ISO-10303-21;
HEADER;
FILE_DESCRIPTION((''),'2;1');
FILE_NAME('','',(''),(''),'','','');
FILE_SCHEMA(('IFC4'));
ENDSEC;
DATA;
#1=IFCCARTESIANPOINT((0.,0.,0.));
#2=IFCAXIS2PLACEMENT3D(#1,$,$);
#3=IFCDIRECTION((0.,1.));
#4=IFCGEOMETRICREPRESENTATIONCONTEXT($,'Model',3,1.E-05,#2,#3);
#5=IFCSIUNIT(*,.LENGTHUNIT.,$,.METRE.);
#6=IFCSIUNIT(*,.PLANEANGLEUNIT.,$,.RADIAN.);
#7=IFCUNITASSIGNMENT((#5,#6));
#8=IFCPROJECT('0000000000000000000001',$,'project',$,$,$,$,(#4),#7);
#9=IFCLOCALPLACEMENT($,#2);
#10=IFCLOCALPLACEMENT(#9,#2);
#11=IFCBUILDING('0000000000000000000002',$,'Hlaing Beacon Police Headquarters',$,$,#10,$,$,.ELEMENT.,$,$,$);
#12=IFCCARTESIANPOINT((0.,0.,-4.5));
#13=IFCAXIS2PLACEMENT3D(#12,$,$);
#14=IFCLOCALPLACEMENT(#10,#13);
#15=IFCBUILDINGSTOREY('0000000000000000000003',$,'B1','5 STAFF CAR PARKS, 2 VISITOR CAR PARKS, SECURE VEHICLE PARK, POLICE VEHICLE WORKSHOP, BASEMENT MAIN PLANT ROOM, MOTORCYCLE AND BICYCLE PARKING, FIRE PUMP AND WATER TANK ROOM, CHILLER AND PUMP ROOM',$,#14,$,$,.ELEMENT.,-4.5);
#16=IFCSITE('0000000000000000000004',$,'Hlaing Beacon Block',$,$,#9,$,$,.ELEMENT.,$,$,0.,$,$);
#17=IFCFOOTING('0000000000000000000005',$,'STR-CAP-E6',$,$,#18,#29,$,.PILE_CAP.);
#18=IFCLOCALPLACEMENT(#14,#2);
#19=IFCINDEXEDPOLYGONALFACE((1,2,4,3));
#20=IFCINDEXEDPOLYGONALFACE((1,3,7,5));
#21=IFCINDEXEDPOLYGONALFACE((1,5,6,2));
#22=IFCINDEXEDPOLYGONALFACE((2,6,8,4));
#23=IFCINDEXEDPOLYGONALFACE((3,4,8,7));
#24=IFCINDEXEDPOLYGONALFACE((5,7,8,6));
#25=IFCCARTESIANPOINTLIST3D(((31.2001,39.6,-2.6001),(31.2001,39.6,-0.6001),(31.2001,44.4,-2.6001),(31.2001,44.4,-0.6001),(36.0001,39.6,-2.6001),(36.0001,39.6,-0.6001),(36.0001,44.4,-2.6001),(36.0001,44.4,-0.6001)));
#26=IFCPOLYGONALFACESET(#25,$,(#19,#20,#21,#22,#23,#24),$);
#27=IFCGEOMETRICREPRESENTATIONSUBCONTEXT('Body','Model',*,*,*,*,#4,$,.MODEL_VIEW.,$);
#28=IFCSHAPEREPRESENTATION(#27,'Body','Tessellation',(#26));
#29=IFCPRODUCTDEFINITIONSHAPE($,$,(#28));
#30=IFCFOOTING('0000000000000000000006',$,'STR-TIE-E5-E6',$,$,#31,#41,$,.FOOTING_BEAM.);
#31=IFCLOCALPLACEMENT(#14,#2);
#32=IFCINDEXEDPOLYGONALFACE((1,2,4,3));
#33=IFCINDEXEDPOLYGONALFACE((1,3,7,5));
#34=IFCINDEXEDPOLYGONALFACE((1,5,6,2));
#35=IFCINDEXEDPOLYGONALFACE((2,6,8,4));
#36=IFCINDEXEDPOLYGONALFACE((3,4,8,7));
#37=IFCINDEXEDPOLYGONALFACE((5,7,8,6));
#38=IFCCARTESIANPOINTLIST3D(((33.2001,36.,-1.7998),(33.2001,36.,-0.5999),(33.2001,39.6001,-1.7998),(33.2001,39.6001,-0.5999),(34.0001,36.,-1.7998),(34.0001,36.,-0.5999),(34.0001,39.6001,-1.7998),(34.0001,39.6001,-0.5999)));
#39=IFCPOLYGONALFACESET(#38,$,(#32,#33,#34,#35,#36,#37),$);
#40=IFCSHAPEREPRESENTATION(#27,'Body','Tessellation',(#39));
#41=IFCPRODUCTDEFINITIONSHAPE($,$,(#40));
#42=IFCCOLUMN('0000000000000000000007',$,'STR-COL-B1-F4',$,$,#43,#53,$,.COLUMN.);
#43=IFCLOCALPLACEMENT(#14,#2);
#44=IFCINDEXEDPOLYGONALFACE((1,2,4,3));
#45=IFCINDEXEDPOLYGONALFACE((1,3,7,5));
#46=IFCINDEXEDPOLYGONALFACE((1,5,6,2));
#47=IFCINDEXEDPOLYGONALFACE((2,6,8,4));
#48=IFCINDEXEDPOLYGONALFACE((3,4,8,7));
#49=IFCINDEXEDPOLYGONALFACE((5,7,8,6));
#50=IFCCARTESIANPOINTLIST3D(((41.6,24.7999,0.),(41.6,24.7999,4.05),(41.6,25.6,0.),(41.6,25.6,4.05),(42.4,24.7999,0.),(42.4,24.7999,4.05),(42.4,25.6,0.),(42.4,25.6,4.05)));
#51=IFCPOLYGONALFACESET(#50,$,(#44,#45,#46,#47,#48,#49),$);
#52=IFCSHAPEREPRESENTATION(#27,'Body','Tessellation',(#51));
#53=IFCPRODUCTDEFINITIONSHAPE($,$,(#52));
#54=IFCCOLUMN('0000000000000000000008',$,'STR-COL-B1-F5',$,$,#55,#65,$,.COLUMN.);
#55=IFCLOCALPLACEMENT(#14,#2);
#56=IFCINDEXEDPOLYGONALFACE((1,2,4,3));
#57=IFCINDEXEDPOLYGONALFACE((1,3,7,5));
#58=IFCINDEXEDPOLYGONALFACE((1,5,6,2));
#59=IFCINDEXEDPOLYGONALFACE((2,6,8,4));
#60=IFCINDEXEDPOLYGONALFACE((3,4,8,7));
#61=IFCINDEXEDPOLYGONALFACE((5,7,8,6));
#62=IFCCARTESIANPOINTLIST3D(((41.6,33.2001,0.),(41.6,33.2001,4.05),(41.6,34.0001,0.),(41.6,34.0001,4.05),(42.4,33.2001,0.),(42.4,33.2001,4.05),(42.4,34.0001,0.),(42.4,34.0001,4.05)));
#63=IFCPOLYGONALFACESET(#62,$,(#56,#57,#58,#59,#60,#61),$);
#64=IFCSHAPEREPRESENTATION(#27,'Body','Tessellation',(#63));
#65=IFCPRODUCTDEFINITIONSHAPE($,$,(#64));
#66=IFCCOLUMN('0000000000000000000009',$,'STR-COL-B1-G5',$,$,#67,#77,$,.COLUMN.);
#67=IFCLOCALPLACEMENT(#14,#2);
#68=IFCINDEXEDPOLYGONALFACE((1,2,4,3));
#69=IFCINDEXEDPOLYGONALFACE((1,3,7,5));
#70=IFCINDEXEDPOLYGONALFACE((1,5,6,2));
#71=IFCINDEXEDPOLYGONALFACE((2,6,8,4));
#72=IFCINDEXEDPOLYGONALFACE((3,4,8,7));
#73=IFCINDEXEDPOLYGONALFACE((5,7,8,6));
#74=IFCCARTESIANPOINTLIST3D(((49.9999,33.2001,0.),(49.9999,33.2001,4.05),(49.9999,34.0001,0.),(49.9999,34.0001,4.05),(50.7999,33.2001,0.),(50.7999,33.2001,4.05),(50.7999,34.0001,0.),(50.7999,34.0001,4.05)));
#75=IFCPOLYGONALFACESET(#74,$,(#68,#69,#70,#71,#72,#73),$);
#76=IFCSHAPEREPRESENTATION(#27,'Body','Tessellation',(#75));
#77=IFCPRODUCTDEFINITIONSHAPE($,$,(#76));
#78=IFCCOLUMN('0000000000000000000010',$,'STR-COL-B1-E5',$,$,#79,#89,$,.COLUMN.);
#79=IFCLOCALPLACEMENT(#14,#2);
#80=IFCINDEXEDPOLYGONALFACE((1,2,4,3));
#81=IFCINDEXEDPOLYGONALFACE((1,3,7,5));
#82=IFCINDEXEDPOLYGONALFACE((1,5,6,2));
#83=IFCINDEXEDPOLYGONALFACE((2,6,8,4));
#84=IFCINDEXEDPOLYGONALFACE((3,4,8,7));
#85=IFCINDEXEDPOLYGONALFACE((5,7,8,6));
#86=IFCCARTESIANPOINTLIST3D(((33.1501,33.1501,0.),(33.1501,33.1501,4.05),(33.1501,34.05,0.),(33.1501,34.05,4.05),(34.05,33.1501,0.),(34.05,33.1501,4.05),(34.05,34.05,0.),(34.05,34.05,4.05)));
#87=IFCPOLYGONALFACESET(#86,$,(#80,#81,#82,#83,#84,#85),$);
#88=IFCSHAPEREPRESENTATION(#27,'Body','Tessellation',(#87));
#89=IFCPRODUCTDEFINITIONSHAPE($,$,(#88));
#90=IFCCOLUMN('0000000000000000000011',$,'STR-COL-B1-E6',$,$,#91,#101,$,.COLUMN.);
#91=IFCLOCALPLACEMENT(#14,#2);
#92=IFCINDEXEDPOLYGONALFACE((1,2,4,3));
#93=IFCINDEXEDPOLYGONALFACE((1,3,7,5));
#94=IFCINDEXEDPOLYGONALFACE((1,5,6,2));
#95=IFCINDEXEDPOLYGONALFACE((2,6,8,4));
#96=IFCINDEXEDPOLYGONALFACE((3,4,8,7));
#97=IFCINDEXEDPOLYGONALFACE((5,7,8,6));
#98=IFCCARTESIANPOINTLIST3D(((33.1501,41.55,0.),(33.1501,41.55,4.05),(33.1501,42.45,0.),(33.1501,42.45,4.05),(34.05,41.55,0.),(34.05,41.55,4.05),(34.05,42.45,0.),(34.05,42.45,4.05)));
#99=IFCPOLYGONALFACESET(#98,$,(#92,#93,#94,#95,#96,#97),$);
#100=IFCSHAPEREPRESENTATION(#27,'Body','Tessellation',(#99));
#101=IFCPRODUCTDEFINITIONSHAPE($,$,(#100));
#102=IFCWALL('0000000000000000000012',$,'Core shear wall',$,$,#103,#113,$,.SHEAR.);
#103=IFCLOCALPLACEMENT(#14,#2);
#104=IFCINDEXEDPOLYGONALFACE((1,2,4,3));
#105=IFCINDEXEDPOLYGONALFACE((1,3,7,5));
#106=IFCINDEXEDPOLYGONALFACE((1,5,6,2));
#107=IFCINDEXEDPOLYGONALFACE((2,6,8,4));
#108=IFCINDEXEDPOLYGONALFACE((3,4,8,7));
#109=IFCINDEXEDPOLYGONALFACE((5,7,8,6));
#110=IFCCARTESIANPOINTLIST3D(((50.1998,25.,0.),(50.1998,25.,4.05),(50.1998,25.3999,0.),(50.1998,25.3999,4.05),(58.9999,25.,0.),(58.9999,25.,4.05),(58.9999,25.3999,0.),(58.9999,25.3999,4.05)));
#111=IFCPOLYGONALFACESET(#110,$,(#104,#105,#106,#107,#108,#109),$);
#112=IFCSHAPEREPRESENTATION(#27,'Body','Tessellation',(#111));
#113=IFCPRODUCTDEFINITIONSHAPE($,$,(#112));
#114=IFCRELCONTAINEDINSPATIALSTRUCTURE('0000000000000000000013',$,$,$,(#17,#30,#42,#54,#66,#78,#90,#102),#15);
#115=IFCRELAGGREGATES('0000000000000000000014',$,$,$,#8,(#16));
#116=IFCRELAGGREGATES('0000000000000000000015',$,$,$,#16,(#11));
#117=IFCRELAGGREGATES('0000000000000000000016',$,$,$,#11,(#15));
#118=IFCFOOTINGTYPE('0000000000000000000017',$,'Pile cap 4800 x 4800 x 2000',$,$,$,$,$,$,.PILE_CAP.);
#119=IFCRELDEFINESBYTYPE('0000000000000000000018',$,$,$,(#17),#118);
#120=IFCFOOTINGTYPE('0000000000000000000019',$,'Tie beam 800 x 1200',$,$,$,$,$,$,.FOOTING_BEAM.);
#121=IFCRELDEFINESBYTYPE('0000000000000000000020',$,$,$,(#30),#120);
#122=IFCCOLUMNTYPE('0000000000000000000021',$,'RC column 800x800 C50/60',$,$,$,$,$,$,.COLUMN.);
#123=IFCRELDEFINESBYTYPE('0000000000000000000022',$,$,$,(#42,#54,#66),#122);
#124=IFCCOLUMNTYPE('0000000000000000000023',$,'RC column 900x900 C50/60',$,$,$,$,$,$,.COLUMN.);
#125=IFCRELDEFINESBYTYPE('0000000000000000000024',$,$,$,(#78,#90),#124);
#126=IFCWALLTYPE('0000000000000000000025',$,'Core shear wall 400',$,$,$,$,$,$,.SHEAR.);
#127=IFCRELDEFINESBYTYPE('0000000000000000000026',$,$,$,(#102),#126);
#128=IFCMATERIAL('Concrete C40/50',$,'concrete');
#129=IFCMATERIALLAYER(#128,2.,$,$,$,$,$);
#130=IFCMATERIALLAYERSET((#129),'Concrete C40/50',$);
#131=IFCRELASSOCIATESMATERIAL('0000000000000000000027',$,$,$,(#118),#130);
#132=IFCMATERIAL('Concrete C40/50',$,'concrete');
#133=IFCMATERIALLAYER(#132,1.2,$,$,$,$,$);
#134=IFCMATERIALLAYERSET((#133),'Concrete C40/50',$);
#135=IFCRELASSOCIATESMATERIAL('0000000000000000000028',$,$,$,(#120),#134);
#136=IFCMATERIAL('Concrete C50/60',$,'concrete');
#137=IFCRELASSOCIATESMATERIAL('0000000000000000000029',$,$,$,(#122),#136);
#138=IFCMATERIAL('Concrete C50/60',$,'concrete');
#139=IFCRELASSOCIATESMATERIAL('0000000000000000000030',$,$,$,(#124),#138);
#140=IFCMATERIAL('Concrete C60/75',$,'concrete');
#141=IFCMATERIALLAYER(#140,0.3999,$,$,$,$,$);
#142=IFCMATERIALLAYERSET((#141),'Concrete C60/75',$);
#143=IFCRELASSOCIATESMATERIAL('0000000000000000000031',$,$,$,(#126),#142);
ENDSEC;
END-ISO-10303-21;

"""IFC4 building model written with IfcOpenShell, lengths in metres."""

from ifc_helpers import new_model, si_unit, direction, frame, frame_2d, origin, origin_2d, place, context, subcontext, project, spatial, rectangle, extrude, material, layer, layer_set, material_profile, profile_set, type_object, element, save


model = new_model("IFC4")

# Units and contexts
model_context = context("Model", 3, precision=1e-05, world=origin(), true_north=direction((0.0, 1.0)))
body_context = subcontext(model_context, "Body", "Model", "MODEL_VIEW")
ifc_project = project(units=[si_unit("LENGTHUNIT", "METRE"), si_unit("PLANEANGLEUNIT", "RADIAN")], contexts=[model_context])

# Site, building, storey
site_placement = place(None, origin())
site = spatial("IfcSite", under=ifc_project, at=site_placement, Name="Hlaing Beacon Block", CompositionType="ELEMENT", RefElevation=0.0)
building_placement = place(site_placement, origin())
building = spatial("IfcBuilding", under=site, at=building_placement, Name="Hlaing Beacon Police Headquarters", CompositionType="ELEMENT")
storey_placement = place(building_placement, frame((0.0, 0.0, -4.5)))
storey = spatial("IfcBuildingStorey", under=building, at=storey_placement, Name="B1", Description="5 STAFF CAR PARKS, 2 VISITOR CAR PARKS, SECURE VEHICLE PARK, POLICE VEHICLE WORKSHOP, BASEMENT MAIN PLANT ROOM, MOTORCYCLE AND BICYCLE PARKING, FIRE PUMP AND WATER TANK ROOM, CHILLER AND PUMP ROOM", CompositionType="ELEMENT", Elevation=-4.5)

# Footings
ifc_material_1 = material(Name="Concrete C40/50", Category="concrete")
ifc_layer_1 = layer(ifc_material_1, 2.0)
ifc_layer_set_1 = layer_set([ifc_layer_1], Name="Concrete C40/50")
footing_type_1 = type_object("IfcFootingType", Name="Pile cap 4800 x 4800 x 2000", PredefinedType="PILE_CAP", material=ifc_layer_set_1)
for number, where, z_axis, x_axis, name in (
    (1, (33.6001, 42.0, -2.6001), (0.0, 0.0, 1.0), (1.0, 0.0, 0.0), "STR-CAP-E6"),
):
    element("IfcFooting", number, at=place(storey_placement, frame(where, z_axis=z_axis, x_axis=x_axis)), inside=storey, type_object=footing_type_1, Name=name, PredefinedType="PILE_CAP", context=body_context, shape_type="SweptSolid", body=[
        extrude(rectangle(XDim=4.8, YDim=4.8, at=origin_2d()), origin(), (0.0, 0.0, 1.0), 2.0),
    ])
ifc_material_2 = material(Name="Concrete C40/50", Category="concrete")
ifc_layer_2 = layer(ifc_material_2, 1.2)
ifc_layer_set_2 = layer_set([ifc_layer_2], Name="Concrete C40/50")
footing_type_2 = type_object("IfcFootingType", Name="Tie beam 800 x 1200", PredefinedType="FOOTING_BEAM", material=ifc_layer_set_2)
footing_1_placement = place(storey_placement, frame((33.6001, 37.8, -1.7998), z_axis=(0.0, 0.0, 1.0), x_axis=(1.0, 0.0, 0.0)))
element("IfcFooting", 2, at=footing_1_placement, inside=storey, type_object=footing_type_2, Name="STR-TIE-E5-E6", PredefinedType="FOOTING_BEAM", context=body_context, shape_type="SweptSolid", body=[
    extrude(rectangle(XDim=0.8, YDim=3.6001, at=origin_2d()), origin(), (0.0, 0.0, 1.0), 1.2),
])

# Columns
ifc_material_3 = material(Name="Concrete C50/60", Category="concrete")
ifc_material_profile_1 = material_profile(ifc_material_3, rectangle(XDim=0.8, YDim=0.8, at=origin_2d()), Name="800x800")
ifc_profile_set_1 = profile_set([ifc_material_profile_1], Name="Concrete C50/60")
column_type_1 = type_object("IfcColumnType", Name="RC column 800x800 C50/60", PredefinedType="COLUMN", material=ifc_profile_set_1)
for number, where, z_axis, x_axis, name in (
    (3, (42.0, 25.2, 0.0), (0.0, 0.0, 1.0), (1.0, 0.0, 0.0), "STR-COL-B1-F4"),
    (4, (42.0, 33.6001, 0.0), (0.0, 0.0, 1.0), (1.0, 0.0, 0.0), "STR-COL-B1-F5"),
    (5, (50.3999, 33.6001, 0.0), (0.0, 0.0, 1.0), (1.0, 0.0, 0.0), "STR-COL-B1-G5"),
):
    element("IfcColumn", number, at=place(storey_placement, frame(where, z_axis=z_axis, x_axis=x_axis)), inside=storey, type_object=column_type_1, Name=name, PredefinedType="COLUMN", context=body_context, shape_type="SweptSolid", body=[
        extrude(rectangle(XDim=0.8, YDim=0.8, at=origin_2d()), origin(), (0.0, 0.0, 1.0), 4.05),
    ])
ifc_material_4 = material(Name="Concrete C50/60", Category="concrete")
ifc_material_profile_2 = material_profile(ifc_material_4, rectangle(XDim=0.8999, YDim=0.8999, at=origin_2d()), Name="900x900")
ifc_profile_set_2 = profile_set([ifc_material_profile_2], Name="Concrete C50/60")
column_type_2 = type_object("IfcColumnType", Name="RC column 900x900 C50/60", PredefinedType="COLUMN", material=ifc_profile_set_2)
for number, where, z_axis, x_axis, name in (
    (6, (33.6001, 33.6001, 0.0), (0.0, 0.0, 1.0), (1.0, 0.0, 0.0), "STR-COL-B1-E5"),
    (7, (33.6001, 42.0, 0.0), (0.0, 0.0, 1.0), (1.0, 0.0, 0.0), "STR-COL-B1-E6"),
):
    element("IfcColumn", number, at=place(storey_placement, frame(where, z_axis=z_axis, x_axis=x_axis)), inside=storey, type_object=column_type_2, Name=name, PredefinedType="COLUMN", context=body_context, shape_type="SweptSolid", body=[
        extrude(rectangle(XDim=0.8999, YDim=0.8999, at=origin_2d()), origin(), (0.0, 0.0, 1.0), 4.05),
    ])

# Wall
ifc_material_5 = material(Name="Concrete C60/75", Category="concrete")
ifc_layer_3 = layer(ifc_material_5, 0.3999)
ifc_layer_set_3 = layer_set([ifc_layer_3], Name="Concrete C60/75")
wall_type = type_object("IfcWallType", Name="Core shear wall 400", PredefinedType="SHEAR", material=ifc_layer_set_3)
wall_placement = place(storey_placement, frame((50.2, 25.2, 0.0), z_axis=(0.0, 0.0, 1.0), x_axis=(1.0, 0.0, 0.0)))
element("IfcWall", 8, at=wall_placement, inside=storey, type_object=wall_type, Name="Core shear wall", PredefinedType="SHEAR", context=body_context, shape_type="SweptSolid", body=[
    extrude(rectangle(XDim=8.8, YDim=0.3999, at=frame_2d((4.3999, 0.0))), origin(), (0.0, 0.0, 1.0), 4.05),
])

save(model, "model.ifc")
